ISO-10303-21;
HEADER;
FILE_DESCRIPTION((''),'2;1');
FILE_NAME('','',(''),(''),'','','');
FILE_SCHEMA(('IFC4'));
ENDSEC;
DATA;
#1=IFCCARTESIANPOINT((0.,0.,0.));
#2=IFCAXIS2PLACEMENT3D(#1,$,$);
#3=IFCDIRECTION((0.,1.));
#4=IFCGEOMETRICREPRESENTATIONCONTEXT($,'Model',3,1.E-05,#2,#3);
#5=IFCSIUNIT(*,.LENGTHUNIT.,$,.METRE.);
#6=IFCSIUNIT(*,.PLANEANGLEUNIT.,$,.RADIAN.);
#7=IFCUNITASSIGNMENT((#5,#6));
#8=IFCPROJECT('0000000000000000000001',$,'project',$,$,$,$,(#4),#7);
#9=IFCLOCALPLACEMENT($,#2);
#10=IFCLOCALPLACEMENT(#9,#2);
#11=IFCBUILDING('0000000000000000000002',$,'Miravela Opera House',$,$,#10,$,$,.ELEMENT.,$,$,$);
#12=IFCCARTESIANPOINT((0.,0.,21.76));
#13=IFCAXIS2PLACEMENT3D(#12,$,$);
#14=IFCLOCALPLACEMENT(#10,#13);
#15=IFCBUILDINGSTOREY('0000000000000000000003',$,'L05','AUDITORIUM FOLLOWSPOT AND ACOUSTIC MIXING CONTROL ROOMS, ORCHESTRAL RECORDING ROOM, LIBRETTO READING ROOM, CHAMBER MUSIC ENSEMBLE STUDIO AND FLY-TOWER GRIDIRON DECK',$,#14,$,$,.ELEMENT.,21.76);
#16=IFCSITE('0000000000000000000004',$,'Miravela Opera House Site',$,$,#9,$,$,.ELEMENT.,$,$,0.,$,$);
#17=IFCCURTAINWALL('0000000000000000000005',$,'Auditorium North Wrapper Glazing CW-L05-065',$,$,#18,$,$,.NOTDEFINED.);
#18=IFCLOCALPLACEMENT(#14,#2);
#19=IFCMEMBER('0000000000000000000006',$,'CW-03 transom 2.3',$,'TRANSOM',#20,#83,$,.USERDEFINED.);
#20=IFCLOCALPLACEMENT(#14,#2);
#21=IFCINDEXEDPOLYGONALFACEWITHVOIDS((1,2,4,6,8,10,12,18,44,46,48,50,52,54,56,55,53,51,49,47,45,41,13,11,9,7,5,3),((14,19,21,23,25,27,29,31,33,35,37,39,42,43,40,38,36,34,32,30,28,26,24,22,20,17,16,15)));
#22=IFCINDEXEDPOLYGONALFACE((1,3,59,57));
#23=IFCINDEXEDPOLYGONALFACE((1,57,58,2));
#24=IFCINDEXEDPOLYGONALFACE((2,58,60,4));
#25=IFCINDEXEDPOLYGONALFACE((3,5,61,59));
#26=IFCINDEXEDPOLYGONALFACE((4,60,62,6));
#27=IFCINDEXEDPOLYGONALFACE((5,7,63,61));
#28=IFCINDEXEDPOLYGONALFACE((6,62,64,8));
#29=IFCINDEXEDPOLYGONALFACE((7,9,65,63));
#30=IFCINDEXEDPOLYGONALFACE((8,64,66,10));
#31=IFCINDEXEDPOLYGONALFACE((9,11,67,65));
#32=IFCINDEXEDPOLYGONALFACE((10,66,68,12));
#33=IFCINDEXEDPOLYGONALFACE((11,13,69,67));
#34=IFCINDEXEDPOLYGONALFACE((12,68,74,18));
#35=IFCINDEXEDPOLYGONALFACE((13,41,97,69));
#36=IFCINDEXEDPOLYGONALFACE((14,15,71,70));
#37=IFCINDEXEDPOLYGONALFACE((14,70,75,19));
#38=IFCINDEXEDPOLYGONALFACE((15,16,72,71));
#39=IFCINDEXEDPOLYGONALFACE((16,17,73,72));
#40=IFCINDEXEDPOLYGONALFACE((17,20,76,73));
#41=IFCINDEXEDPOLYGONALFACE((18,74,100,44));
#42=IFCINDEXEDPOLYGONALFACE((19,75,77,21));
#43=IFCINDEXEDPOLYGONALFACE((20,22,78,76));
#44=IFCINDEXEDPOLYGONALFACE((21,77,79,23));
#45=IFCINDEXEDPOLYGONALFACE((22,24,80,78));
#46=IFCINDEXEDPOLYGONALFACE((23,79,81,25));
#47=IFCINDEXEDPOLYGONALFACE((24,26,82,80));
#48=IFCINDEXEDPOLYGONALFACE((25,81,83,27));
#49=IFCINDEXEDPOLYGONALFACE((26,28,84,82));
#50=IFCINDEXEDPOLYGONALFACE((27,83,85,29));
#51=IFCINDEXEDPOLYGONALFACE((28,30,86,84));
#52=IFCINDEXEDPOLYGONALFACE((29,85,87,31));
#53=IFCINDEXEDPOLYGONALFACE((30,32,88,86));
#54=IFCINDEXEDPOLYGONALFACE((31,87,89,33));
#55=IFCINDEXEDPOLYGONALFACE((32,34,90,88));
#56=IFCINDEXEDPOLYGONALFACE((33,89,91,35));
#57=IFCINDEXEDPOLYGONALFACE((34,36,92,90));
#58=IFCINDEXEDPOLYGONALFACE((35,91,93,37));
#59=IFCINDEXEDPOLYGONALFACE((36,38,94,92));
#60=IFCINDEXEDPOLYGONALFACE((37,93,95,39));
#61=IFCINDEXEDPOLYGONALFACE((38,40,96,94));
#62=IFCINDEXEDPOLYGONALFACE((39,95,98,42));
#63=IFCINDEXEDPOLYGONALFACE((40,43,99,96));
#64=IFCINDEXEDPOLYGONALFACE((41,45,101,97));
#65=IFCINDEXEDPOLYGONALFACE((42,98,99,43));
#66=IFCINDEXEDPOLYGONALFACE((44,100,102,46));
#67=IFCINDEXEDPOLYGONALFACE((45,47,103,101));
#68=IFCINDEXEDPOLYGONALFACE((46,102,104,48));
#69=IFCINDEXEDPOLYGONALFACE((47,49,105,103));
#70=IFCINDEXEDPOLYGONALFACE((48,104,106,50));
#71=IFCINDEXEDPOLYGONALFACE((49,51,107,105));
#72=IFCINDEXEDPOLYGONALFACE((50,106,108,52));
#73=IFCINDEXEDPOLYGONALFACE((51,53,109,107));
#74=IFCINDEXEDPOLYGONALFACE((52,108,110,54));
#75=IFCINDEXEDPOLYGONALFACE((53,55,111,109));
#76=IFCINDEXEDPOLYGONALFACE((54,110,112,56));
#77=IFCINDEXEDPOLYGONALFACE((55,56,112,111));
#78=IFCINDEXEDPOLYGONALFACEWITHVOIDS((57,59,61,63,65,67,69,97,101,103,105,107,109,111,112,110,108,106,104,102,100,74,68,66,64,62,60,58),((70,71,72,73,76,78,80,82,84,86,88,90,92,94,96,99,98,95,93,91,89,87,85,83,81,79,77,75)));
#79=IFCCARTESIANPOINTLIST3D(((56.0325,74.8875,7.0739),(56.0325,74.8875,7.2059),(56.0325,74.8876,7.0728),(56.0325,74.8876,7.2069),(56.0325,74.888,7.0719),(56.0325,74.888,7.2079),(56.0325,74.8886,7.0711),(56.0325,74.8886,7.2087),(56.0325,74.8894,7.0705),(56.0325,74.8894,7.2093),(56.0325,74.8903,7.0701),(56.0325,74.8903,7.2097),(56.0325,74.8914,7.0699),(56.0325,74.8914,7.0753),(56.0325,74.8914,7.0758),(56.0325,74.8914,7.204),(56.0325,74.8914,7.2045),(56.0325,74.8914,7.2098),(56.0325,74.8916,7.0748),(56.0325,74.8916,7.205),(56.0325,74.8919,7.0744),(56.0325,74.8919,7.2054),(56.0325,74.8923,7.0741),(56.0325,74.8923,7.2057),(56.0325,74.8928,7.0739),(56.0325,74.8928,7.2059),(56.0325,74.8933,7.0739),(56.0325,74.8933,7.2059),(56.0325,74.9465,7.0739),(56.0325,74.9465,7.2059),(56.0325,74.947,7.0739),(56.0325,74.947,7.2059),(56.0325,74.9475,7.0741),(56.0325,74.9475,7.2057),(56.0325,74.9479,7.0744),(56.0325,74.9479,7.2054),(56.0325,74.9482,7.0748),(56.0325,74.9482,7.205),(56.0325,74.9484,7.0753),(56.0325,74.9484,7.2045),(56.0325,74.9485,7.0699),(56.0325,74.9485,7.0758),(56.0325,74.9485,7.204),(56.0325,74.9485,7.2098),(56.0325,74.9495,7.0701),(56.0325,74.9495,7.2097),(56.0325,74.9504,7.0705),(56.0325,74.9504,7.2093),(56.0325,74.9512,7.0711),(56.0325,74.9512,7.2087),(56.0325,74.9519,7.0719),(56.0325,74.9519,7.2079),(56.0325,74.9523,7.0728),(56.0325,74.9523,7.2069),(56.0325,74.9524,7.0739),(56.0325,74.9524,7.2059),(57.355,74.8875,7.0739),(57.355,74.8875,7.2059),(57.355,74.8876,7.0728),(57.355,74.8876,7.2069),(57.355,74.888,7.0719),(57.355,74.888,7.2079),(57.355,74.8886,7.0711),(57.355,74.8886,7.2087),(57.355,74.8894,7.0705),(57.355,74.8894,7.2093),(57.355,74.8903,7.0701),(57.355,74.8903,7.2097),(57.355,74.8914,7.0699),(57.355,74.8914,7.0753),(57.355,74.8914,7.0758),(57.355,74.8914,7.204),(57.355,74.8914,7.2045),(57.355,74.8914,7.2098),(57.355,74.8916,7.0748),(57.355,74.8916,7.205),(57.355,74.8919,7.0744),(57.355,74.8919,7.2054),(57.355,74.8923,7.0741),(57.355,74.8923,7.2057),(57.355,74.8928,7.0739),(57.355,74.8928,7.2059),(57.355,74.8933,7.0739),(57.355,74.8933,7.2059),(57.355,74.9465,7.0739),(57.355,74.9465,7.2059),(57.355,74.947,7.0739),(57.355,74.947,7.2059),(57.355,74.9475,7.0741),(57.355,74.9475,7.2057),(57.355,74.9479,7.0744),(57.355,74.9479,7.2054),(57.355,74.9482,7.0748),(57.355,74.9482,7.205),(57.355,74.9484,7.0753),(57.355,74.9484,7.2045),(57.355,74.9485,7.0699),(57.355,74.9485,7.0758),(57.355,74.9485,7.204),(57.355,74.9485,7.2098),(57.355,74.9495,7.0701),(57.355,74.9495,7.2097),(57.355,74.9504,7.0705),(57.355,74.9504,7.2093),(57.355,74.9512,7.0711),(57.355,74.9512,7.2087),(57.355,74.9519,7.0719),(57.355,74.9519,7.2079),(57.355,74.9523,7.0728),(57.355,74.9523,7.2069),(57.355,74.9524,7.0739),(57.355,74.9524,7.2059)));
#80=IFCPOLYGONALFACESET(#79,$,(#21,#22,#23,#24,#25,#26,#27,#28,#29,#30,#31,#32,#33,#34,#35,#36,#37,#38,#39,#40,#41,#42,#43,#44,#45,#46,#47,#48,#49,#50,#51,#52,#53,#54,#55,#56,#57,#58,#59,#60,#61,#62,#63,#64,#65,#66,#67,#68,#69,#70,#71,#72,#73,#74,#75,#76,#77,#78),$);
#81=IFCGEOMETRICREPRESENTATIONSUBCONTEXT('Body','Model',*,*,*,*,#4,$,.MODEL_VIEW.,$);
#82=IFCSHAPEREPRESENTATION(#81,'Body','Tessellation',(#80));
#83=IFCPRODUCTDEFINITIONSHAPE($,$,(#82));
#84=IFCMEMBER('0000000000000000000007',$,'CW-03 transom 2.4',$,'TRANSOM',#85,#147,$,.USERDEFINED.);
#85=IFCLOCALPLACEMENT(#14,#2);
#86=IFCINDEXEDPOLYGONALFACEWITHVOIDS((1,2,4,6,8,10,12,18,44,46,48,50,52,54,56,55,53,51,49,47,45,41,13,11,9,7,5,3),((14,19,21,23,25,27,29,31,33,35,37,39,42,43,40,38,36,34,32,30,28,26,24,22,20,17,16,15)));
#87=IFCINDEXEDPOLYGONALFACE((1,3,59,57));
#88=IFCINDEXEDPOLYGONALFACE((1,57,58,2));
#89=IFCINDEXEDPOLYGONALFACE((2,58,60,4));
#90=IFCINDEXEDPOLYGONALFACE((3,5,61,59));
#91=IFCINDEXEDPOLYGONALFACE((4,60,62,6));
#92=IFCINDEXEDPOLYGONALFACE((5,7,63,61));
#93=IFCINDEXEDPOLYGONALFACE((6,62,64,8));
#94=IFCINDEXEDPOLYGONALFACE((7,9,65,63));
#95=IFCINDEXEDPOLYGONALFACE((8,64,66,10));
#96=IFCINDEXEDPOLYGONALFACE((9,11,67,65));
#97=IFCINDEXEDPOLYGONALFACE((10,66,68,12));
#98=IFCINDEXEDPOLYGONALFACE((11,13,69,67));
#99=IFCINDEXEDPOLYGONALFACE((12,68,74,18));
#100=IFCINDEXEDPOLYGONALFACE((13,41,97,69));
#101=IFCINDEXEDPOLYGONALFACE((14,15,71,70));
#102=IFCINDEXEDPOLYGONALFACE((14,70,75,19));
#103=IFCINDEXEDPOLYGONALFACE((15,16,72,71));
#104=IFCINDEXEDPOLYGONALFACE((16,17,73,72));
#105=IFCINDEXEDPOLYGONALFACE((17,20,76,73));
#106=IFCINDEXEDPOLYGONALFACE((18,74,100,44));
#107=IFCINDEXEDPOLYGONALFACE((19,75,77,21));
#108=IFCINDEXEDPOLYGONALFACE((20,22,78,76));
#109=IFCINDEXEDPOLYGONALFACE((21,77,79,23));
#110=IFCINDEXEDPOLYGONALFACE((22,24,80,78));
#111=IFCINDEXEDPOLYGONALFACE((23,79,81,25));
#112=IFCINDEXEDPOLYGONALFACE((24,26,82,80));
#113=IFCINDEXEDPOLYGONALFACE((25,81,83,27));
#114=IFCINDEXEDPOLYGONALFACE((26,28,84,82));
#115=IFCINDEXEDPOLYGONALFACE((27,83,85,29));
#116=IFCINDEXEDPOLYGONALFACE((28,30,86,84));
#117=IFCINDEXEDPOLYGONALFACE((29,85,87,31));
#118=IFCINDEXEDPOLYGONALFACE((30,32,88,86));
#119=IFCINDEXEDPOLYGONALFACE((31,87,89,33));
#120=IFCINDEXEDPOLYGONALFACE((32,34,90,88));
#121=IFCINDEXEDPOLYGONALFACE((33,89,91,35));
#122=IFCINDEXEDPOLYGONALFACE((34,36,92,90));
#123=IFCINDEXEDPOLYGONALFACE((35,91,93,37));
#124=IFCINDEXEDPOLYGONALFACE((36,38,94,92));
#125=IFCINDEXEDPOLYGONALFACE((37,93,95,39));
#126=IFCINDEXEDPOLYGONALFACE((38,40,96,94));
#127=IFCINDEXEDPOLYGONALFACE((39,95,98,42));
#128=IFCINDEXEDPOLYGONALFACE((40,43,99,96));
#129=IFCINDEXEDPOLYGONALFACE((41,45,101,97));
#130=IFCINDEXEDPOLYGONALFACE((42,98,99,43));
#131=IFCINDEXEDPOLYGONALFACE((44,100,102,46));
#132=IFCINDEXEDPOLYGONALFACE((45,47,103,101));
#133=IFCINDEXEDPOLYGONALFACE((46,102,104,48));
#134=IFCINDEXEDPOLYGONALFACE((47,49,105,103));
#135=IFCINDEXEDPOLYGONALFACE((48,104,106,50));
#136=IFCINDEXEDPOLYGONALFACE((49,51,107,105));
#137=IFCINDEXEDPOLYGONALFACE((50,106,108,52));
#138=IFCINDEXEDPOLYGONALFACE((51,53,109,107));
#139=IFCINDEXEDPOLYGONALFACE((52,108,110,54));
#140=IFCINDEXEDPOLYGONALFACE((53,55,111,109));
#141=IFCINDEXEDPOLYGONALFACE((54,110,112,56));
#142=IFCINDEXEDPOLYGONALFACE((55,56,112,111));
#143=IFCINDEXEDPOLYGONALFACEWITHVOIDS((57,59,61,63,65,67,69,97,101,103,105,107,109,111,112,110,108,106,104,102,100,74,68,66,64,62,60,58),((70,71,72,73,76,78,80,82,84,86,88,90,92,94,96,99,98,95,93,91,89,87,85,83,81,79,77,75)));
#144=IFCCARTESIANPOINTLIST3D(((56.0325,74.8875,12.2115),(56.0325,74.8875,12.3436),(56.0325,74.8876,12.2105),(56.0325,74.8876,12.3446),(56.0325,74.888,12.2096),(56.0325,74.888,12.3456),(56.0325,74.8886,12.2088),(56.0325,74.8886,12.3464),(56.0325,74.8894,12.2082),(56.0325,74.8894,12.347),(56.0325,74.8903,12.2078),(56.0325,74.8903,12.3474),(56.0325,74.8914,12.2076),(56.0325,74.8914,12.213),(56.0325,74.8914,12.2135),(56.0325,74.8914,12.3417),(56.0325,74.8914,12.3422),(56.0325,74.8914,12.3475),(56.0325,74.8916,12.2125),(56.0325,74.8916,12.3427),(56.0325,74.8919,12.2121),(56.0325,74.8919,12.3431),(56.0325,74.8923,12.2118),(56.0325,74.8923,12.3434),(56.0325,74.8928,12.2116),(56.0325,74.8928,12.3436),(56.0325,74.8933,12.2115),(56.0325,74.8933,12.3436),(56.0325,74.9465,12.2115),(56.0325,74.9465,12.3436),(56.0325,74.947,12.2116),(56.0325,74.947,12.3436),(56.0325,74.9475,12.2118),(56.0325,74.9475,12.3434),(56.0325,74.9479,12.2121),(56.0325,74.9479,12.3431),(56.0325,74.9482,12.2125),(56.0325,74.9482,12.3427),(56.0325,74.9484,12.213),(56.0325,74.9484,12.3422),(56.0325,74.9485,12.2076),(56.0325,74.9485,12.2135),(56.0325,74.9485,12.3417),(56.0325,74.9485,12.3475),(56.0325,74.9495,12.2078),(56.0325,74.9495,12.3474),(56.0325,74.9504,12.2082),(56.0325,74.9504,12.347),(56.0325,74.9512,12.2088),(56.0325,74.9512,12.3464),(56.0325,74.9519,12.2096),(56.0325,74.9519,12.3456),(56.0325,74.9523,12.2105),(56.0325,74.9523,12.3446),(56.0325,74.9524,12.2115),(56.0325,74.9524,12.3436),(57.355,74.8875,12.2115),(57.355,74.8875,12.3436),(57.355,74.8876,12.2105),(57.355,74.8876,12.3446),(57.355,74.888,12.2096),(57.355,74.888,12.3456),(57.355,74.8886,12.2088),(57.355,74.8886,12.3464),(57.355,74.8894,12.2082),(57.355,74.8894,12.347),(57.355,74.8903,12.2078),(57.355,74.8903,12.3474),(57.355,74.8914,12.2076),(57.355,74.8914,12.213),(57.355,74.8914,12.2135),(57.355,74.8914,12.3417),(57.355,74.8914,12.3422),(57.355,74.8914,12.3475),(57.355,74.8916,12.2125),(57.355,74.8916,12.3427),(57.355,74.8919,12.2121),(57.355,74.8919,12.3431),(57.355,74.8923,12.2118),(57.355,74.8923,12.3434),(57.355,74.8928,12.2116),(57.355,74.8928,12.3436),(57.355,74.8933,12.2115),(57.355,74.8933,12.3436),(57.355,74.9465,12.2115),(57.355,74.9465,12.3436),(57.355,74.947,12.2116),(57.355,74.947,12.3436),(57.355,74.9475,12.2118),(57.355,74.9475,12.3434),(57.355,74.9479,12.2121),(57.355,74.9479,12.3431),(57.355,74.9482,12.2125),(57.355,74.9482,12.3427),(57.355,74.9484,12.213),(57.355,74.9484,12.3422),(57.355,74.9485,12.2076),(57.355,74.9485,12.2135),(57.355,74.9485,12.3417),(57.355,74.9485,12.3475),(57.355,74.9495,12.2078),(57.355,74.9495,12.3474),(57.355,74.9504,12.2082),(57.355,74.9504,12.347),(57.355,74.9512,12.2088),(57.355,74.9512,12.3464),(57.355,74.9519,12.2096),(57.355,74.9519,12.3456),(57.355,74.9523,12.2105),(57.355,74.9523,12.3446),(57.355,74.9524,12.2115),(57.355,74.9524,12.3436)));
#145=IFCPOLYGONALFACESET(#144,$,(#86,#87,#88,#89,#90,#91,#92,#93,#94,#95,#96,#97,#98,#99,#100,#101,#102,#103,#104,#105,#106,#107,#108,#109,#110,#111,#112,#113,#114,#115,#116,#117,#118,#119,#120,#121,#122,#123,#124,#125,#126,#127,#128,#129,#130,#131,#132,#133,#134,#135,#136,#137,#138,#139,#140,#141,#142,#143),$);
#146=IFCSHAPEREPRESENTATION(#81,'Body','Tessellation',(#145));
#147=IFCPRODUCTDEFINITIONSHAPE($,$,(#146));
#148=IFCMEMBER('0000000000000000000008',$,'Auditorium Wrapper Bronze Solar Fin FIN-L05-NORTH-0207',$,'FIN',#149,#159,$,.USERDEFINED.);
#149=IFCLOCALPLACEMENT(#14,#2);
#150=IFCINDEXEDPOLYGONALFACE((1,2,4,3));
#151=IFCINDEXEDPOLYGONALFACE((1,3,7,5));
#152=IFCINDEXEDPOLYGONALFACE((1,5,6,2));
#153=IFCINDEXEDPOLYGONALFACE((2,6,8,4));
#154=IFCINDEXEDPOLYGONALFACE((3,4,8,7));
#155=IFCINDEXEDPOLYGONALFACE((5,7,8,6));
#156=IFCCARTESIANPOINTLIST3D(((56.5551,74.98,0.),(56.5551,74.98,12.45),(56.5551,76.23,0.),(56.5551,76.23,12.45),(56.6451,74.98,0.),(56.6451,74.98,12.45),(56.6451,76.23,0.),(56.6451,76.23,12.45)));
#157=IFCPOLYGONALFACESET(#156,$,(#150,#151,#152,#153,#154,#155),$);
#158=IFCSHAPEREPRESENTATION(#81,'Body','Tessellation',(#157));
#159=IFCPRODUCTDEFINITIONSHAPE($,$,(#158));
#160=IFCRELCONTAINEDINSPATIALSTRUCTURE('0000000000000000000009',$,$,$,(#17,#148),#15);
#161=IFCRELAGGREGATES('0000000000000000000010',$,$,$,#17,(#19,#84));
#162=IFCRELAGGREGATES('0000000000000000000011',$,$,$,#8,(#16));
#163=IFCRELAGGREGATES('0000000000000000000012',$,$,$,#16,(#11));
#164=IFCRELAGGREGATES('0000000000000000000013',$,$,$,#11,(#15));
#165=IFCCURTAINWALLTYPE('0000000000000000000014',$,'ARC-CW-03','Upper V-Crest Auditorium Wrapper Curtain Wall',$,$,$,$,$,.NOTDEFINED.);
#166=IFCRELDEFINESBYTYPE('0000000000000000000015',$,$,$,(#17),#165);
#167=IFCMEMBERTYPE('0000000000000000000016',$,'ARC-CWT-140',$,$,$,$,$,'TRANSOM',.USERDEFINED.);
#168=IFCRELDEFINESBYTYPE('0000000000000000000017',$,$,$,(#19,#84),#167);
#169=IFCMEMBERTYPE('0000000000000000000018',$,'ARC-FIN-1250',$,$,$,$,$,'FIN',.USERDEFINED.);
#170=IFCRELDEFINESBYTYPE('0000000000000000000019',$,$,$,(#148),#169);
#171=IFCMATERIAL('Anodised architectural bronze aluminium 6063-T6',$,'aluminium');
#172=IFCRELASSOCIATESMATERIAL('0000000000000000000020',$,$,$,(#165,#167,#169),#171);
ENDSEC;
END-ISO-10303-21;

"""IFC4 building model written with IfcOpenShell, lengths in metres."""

from ifc_helpers import new_model, si_unit, direction, frame, origin, origin_2d, place, context, subcontext, project, spatial, rectangle, hollow_rectangle, extrude, material, material_profile, profile_set, type_object, element, aggregate, save


model = new_model("IFC4")

# Units and contexts
model_context = context("Model", 3, precision=1e-05, world=origin(), true_north=direction((0.0, 1.0)))
body_context = subcontext(model_context, "Body", "Model", "MODEL_VIEW")
ifc_project = project(units=[si_unit("LENGTHUNIT", "METRE"), si_unit("PLANEANGLEUNIT", "RADIAN")], contexts=[model_context])

# Site, building, storey
site_placement = place(None, origin())
site = spatial("IfcSite", under=ifc_project, at=site_placement, Name="Miravela Opera House Site", CompositionType="ELEMENT", RefElevation=0.0)
building_placement = place(site_placement, origin())
building = spatial("IfcBuilding", under=site, at=building_placement, Name="Miravela Opera House", CompositionType="ELEMENT")
storey_placement = place(building_placement, frame((0.0, 0.0, 21.76)))
storey = spatial("IfcBuildingStorey", under=building, at=storey_placement, Name="L05", Description="AUDITORIUM FOLLOWSPOT AND ACOUSTIC MIXING CONTROL ROOMS, ORCHESTRAL RECORDING ROOM, LIBRETTO READING ROOM, CHAMBER MUSIC ENSEMBLE STUDIO AND FLY-TOWER GRIDIRON DECK", CompositionType="ELEMENT", Elevation=21.76)

# Curtain wall, members
ifc_material_1 = material(Name="Anodised architectural bronze aluminium 6063-T6", Category="aluminium")
curtain_wall_type = type_object("IfcCurtainWallType", Name="ARC-CW-03", Description="Upper V-Crest Auditorium Wrapper Curtain Wall", PredefinedType="NOTDEFINED", material=ifc_material_1)
curtain_wall_placement = place(storey_placement, origin())
curtain_wall = element("IfcCurtainWall", 1, at=curtain_wall_placement, inside=storey, type_object=curtain_wall_type, Name="Auditorium North Wrapper Glazing CW-L05-065", PredefinedType="NOTDEFINED")
ifc_material_profile_1 = material_profile(ifc_material_1, hollow_rectangle(XDim=0.0649, YDim=0.1399, WallThickness=0.0039, InnerFilletRadius=0.002, OuterFilletRadius=0.0039, at=origin_2d()), Name="CWT-65X140")
ifc_profile_set_1 = profile_set([ifc_material_profile_1])
member_type_1 = type_object("IfcMemberType", Name="ARC-CWT-140", ElementType="TRANSOM", PredefinedType="USERDEFINED", material=ifc_profile_set_1)
member_1_placement = place(storey_placement, frame((56.0325, 74.9199, 7.1399), z_axis=(1.0, 0.0, 0.0), x_axis=(0.0, 1.0, 0.0)))
member_1 = element("IfcMember", 2, at=member_1_placement, type_object=member_type_1, Name="CW-03 transom 2.3", ObjectType="TRANSOM", PredefinedType="USERDEFINED", context=body_context, shape_type="SweptSolid", body=[
    extrude(hollow_rectangle(XDim=0.0649, YDim=0.1399, WallThickness=0.0039, InnerFilletRadius=0.002, OuterFilletRadius=0.0039, at=origin_2d()), origin(), (0.0, 0.0, 1.0), 1.3225),
])
member_2_placement = place(storey_placement, frame((56.0325, 74.9199, 12.2776), z_axis=(1.0, 0.0, 0.0), x_axis=(0.0, 1.0, 0.0)))
member_2 = element("IfcMember", 3, at=member_2_placement, type_object=member_type_1, Name="CW-03 transom 2.4", ObjectType="TRANSOM", PredefinedType="USERDEFINED", context=body_context, shape_type="SweptSolid", body=[
    extrude(hollow_rectangle(XDim=0.0649, YDim=0.1399, WallThickness=0.0039, InnerFilletRadius=0.002, OuterFilletRadius=0.0039, at=origin_2d()), origin(), (0.0, 0.0, 1.0), 1.3225),
])

# Member
ifc_material_profile_2 = material_profile(ifc_material_1, rectangle(XDim=0.0901, YDim=1.25, at=origin_2d()), Name="FIN-1250X90")
ifc_profile_set_2 = profile_set([ifc_material_profile_2])
member_type_2 = type_object("IfcMemberType", Name="ARC-FIN-1250", ElementType="FIN", PredefinedType="USERDEFINED", material=ifc_profile_set_2)
member_3_placement = place(storey_placement, frame((56.6001, 75.605, 0.0), z_axis=(0.0, 0.0, 1.0), x_axis=(1.0, 0.0, 0.0)))
element("IfcMember", 4, at=member_3_placement, inside=storey, type_object=member_type_2, Name="Auditorium Wrapper Bronze Solar Fin FIN-L05-NORTH-0207", ObjectType="FIN", PredefinedType="USERDEFINED", context=body_context, shape_type="SweptSolid", body=[
    extrude(rectangle(XDim=0.0901, YDim=1.25, at=origin_2d()), origin(), (0.0, 0.0, 1.0), 12.45),
])

aggregate(curtain_wall, [member_1, member_2])

save(model, "model.ifc")
